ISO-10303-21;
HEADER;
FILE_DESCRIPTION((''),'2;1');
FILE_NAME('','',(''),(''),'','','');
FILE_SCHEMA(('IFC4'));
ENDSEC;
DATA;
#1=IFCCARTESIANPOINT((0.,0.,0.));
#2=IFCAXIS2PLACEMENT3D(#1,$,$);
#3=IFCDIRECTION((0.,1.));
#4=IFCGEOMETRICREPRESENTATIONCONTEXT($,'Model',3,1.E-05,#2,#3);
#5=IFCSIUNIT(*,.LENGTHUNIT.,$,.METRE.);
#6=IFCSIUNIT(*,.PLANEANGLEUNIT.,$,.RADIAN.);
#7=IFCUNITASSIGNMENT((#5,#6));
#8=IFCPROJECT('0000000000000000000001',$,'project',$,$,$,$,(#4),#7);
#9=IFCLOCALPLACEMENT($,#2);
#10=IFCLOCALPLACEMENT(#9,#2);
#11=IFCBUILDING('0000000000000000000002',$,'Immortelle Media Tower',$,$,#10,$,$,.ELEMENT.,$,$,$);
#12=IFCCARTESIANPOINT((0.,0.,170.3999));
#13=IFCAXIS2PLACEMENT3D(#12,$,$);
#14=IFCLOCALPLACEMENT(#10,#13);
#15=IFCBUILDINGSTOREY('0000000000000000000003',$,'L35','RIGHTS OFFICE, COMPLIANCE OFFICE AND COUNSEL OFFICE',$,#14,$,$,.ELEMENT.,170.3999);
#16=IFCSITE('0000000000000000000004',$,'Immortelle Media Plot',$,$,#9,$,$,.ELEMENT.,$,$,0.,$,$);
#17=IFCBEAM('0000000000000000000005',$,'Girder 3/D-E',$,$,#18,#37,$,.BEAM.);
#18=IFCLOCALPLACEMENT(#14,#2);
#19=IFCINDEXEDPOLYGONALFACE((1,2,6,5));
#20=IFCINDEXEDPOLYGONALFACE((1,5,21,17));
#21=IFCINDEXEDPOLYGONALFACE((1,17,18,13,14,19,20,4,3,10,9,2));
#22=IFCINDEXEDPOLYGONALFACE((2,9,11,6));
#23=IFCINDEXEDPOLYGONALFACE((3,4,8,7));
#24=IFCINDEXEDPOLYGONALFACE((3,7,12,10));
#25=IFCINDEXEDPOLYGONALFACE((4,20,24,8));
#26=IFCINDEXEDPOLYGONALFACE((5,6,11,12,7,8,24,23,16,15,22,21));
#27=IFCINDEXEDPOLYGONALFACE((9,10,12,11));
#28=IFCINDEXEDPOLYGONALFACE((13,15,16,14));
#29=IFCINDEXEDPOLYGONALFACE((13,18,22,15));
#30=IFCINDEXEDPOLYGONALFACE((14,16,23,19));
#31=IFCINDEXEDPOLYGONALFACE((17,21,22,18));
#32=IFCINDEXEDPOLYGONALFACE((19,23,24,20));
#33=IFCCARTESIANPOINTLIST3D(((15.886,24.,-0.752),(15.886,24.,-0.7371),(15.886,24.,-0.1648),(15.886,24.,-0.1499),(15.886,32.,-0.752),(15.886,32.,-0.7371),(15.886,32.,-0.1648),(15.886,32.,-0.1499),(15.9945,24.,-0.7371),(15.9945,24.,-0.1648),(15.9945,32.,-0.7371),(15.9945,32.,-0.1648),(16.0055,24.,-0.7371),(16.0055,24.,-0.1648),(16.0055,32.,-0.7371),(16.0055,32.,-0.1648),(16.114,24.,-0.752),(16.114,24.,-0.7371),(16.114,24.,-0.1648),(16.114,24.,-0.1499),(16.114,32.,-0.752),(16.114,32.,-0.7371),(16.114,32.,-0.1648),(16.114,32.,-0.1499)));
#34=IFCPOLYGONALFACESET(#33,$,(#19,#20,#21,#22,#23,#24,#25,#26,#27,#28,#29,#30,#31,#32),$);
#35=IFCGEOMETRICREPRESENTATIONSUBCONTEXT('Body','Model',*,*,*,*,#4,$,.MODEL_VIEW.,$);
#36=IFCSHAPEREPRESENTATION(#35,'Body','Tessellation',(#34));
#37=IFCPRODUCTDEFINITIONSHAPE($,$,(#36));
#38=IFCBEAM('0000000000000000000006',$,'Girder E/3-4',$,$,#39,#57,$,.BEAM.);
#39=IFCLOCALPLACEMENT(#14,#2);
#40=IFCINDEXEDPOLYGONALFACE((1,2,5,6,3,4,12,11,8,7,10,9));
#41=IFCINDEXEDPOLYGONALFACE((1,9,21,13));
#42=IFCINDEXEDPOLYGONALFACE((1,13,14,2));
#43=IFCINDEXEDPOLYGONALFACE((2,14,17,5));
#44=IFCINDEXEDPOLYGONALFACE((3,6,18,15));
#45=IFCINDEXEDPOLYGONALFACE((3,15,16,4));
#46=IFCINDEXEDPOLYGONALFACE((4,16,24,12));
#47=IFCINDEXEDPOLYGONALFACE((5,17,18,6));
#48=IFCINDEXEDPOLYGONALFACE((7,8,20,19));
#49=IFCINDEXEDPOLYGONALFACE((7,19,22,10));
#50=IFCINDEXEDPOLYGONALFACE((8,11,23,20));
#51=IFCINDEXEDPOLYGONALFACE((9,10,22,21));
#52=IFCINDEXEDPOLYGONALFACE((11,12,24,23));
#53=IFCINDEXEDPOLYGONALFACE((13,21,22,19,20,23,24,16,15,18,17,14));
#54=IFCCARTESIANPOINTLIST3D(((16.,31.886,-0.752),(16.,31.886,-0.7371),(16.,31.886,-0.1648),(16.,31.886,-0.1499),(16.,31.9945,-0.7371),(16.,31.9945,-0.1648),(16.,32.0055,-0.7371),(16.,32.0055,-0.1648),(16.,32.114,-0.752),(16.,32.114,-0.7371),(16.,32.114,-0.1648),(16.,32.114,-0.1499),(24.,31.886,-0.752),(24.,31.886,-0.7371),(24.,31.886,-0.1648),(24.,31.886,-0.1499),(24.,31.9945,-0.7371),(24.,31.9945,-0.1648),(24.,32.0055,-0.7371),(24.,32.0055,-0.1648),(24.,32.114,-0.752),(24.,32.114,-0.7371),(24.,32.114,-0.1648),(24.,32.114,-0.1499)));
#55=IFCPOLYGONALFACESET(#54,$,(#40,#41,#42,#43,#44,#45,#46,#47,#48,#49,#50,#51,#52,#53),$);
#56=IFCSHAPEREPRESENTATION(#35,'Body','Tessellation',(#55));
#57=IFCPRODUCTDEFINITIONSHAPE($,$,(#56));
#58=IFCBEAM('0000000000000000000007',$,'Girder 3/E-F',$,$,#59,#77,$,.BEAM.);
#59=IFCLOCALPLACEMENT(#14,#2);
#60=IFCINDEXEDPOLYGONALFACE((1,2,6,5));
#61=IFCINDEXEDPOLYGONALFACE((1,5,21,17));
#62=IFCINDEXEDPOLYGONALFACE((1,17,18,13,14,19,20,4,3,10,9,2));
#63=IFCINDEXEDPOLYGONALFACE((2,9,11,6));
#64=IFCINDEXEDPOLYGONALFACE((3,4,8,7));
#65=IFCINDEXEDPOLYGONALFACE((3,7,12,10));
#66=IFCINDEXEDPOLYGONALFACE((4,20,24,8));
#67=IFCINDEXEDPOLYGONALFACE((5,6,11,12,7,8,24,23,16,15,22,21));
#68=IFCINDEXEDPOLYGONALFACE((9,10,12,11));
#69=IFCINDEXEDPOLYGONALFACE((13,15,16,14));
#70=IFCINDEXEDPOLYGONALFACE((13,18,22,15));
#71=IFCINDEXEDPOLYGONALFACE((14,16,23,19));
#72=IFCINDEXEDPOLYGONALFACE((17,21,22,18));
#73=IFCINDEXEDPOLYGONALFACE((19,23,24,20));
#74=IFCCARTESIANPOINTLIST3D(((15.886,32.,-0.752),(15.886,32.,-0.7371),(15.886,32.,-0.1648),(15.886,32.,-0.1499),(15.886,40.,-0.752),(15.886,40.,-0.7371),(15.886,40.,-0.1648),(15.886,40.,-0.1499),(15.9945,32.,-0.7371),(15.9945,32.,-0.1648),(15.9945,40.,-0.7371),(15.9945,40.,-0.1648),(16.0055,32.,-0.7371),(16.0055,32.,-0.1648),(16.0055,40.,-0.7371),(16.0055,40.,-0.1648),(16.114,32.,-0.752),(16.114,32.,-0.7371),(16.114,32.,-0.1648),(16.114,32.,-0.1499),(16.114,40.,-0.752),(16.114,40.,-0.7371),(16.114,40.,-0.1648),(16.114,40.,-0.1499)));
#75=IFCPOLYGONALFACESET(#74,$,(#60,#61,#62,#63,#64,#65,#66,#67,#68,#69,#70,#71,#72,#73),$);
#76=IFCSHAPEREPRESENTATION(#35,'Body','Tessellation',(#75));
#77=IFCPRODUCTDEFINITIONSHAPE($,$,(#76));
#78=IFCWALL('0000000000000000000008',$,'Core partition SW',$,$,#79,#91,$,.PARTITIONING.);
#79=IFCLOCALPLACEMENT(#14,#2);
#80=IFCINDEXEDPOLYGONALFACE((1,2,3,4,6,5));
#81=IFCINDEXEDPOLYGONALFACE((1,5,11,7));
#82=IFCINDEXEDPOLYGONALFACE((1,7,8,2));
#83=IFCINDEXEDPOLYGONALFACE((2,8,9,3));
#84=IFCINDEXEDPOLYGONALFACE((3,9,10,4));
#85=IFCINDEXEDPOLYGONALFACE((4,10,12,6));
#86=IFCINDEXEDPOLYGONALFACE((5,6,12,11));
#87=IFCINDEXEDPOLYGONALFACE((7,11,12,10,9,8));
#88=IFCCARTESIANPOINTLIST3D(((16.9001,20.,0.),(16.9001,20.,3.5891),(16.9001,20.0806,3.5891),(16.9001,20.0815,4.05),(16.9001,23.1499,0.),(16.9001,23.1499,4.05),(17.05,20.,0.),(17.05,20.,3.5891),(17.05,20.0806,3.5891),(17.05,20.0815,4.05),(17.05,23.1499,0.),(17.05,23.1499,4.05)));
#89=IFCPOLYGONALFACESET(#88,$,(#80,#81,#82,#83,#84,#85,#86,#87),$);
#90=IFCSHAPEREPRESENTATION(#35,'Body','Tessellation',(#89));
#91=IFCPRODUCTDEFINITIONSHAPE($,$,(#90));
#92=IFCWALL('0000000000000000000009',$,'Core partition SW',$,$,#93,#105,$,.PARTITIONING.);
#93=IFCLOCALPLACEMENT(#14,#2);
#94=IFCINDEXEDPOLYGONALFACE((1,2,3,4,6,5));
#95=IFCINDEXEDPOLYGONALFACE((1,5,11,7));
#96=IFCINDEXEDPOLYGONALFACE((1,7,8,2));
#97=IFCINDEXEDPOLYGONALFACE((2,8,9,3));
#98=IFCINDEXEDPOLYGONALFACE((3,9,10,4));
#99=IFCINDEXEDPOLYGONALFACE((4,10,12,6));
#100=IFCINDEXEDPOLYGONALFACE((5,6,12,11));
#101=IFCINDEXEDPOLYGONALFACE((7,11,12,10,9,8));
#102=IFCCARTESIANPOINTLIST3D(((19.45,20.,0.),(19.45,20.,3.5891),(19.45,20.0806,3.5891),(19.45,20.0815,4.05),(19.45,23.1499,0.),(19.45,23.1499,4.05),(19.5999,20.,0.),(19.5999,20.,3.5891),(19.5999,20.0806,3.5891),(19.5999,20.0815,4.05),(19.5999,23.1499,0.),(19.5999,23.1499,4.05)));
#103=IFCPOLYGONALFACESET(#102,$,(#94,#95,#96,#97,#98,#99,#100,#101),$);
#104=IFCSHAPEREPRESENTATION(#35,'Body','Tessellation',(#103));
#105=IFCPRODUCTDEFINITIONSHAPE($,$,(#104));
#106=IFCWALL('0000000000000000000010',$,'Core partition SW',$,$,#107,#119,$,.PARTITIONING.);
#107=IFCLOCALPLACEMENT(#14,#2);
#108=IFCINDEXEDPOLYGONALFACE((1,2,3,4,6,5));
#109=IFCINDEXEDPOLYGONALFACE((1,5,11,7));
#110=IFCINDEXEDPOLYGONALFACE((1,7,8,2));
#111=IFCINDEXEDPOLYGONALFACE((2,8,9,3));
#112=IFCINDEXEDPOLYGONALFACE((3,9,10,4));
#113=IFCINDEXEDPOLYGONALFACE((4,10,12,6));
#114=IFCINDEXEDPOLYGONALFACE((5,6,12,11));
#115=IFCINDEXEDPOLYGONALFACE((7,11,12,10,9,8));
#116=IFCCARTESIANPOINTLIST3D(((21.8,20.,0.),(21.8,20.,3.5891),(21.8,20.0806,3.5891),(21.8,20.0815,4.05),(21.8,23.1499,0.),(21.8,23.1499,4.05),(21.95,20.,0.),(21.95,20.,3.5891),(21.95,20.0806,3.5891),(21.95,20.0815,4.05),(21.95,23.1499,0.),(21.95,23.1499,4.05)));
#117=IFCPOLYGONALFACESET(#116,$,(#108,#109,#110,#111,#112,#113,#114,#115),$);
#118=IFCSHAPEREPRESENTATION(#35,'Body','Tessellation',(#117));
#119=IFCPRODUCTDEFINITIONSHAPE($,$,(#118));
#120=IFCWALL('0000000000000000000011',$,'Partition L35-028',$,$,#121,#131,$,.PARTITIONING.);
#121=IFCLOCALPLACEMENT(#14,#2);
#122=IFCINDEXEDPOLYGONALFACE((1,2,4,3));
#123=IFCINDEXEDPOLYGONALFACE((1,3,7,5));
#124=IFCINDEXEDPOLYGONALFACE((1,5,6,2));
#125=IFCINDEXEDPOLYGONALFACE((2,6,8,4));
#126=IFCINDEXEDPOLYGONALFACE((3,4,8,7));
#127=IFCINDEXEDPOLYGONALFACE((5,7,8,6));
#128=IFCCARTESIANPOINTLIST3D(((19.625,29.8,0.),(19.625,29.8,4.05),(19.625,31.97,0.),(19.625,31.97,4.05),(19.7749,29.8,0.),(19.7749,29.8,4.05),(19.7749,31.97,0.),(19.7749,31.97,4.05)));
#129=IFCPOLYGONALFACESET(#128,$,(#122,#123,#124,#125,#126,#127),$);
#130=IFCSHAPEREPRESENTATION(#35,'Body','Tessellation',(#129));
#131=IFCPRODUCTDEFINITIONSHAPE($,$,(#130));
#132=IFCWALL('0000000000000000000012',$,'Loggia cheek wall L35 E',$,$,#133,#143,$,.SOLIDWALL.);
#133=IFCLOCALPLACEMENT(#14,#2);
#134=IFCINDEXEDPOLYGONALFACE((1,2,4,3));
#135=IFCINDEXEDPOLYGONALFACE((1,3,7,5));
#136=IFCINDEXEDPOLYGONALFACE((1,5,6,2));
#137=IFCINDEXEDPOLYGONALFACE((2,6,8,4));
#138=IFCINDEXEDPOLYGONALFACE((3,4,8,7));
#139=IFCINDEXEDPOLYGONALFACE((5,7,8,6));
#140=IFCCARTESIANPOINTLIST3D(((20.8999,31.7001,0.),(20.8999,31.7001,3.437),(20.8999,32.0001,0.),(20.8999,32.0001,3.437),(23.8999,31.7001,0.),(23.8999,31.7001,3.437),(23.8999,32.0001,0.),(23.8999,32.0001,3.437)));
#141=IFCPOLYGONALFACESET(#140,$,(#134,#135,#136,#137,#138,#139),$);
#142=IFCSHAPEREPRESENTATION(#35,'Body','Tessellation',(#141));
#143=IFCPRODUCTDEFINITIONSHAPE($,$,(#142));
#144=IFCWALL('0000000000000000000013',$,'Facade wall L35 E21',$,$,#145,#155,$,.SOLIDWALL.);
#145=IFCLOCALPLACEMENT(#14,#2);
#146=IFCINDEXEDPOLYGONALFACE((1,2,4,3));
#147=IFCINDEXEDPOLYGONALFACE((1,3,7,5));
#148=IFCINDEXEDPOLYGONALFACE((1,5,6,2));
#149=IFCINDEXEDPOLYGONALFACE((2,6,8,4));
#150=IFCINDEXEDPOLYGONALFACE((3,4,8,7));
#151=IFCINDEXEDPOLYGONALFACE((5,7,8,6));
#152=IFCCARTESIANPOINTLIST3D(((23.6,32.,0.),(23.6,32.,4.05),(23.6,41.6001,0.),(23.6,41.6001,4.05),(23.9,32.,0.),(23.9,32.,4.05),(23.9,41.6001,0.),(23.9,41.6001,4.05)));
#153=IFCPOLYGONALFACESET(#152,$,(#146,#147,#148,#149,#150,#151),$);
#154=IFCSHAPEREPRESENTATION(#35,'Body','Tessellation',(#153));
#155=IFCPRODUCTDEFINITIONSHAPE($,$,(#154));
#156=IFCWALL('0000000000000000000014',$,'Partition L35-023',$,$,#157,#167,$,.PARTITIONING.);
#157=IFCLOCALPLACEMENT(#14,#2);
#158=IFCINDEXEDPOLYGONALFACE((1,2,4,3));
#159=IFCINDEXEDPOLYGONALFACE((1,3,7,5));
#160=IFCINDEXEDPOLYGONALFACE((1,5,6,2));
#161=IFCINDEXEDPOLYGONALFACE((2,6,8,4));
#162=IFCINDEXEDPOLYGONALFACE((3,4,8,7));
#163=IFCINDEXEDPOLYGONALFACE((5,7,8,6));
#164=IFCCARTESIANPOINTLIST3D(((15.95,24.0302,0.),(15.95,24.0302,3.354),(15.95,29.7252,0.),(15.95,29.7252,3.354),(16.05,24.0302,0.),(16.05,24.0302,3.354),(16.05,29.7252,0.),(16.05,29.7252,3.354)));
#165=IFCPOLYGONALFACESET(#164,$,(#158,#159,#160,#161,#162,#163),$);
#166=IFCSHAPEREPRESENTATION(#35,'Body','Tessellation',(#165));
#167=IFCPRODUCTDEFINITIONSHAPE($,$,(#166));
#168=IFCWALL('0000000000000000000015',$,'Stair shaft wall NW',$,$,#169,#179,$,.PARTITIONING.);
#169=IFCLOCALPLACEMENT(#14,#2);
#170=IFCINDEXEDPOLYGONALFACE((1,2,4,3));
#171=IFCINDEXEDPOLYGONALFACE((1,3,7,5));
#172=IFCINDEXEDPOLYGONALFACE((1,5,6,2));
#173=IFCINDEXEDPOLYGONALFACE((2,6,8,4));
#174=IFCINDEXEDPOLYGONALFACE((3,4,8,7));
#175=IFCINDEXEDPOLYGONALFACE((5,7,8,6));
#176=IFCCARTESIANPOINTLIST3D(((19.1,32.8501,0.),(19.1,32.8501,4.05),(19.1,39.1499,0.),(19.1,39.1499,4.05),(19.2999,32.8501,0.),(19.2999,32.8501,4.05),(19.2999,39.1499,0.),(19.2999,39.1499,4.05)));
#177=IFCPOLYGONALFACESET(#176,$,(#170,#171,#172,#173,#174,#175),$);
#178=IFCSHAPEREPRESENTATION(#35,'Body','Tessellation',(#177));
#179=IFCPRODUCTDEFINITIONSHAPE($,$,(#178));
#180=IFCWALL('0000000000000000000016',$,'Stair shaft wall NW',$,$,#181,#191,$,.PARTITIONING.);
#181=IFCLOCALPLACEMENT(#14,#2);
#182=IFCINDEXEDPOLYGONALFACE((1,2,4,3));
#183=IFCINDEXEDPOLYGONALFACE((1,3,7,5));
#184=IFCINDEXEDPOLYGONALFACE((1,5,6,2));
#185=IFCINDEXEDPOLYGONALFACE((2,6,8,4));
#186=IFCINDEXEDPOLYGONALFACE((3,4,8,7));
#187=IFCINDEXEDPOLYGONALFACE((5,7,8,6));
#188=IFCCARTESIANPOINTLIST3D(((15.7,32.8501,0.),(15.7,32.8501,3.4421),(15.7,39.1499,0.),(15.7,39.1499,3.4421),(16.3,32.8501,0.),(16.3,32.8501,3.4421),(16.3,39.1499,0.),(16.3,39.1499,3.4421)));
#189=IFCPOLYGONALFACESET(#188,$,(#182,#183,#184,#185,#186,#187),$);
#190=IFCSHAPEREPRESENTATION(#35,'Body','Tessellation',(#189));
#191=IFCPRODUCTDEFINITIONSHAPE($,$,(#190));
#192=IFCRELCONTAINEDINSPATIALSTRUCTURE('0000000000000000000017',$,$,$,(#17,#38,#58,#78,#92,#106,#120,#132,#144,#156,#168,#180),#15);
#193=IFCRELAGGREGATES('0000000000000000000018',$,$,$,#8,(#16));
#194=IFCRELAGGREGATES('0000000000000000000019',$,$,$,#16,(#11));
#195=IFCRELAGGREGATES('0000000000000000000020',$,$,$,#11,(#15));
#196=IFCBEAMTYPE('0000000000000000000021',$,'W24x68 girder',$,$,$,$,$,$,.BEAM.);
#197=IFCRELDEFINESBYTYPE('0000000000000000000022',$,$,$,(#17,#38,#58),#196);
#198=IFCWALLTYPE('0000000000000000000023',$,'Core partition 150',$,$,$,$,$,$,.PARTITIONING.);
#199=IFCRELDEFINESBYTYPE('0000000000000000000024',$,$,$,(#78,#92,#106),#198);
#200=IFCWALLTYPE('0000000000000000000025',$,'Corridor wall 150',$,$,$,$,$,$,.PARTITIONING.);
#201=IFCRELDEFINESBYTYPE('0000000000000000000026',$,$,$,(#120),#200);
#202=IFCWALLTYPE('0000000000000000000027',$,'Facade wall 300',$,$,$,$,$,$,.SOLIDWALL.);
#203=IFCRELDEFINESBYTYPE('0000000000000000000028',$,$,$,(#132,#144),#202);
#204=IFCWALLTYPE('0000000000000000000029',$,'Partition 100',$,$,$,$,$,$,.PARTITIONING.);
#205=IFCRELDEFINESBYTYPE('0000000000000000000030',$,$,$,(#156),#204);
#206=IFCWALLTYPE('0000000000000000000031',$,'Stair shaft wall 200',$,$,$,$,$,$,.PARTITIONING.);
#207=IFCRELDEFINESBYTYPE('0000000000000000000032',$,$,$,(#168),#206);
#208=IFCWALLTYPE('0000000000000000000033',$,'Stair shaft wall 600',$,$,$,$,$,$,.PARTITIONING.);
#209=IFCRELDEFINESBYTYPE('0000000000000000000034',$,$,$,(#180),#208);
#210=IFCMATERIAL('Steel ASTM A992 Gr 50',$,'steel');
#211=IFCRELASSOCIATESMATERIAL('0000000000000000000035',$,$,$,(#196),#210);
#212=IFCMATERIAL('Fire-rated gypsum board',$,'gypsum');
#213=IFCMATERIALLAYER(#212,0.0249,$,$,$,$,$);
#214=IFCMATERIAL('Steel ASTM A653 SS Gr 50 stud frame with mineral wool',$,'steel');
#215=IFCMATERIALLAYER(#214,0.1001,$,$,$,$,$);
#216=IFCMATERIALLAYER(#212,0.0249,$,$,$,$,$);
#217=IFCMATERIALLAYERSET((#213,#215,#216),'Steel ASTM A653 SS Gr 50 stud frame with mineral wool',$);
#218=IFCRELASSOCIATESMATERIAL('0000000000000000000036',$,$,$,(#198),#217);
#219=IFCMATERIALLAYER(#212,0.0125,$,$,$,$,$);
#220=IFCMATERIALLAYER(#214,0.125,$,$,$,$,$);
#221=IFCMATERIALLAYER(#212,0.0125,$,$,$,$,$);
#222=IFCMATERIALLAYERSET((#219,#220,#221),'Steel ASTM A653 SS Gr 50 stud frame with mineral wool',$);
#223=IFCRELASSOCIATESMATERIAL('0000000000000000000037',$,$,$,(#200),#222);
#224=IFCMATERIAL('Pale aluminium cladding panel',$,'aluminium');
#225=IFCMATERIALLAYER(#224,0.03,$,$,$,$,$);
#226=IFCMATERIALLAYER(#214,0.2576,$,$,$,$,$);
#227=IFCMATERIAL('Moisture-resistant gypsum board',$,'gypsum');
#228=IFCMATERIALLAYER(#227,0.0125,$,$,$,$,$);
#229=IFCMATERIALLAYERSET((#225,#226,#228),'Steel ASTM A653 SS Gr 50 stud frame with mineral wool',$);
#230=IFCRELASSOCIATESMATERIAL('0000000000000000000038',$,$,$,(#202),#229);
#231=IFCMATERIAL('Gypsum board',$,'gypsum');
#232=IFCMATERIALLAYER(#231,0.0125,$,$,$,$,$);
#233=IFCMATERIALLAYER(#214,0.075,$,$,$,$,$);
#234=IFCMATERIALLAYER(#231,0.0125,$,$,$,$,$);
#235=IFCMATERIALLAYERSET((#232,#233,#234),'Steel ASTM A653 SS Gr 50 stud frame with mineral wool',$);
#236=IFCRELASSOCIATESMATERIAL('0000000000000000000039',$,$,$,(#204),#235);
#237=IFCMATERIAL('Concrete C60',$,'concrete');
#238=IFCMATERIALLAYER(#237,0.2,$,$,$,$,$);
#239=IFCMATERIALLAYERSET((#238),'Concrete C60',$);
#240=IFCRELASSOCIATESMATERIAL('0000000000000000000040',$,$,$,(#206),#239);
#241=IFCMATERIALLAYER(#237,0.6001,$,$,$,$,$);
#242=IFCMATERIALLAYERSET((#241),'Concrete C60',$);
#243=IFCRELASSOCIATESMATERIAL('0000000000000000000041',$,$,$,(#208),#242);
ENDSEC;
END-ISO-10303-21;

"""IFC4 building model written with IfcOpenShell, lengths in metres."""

from ifc_helpers import new_model, si_unit, direction, frame, frame_2d, origin, origin_2d, place, context, subcontext, project, spatial, polyline, rectangle, i_section, outline, extrude, material, layer, layer_set, material_profile, profile_set, type_object, element, save


model = new_model("IFC4")

# Units and contexts
model_context = context("Model", 3, precision=1e-05, world=origin(), true_north=direction((0.0, 1.0)))
body_context = subcontext(model_context, "Body", "Model", "MODEL_VIEW")
ifc_project = project(units=[si_unit("LENGTHUNIT", "METRE"), si_unit("PLANEANGLEUNIT", "RADIAN")], contexts=[model_context])

# Site, building, storey
site_placement = place(None, origin())
site = spatial("IfcSite", under=ifc_project, at=site_placement, Name="Immortelle Media Plot", CompositionType="ELEMENT", RefElevation=0.0)
building_placement = place(site_placement, origin())
building = spatial("IfcBuilding", under=site, at=building_placement, Name="Immortelle Media Tower", CompositionType="ELEMENT")
storey_placement = place(building_placement, frame((0.0, 0.0, 170.3999)))
storey = spatial("IfcBuildingStorey", under=building, at=storey_placement, Name="L35", Description="RIGHTS OFFICE, COMPLIANCE OFFICE AND COUNSEL OFFICE", CompositionType="ELEMENT", Elevation=170.3999)

# Shared definitions
ifc_material_1 = material(Name="Steel ASTM A992 Gr 50", Category="steel")

# Beams
ifc_material_profile_1 = material_profile(ifc_material_1, i_section(OverallWidth=0.228, OverallDepth=0.6021, WebThickness=0.011, FlangeThickness=0.0149, at=origin_2d()), Name="W24x68")
ifc_profile_set_1 = profile_set([ifc_material_profile_1], Name="Steel ASTM A992 Gr 50")
beam_type_1 = type_object("IfcBeamType", Name="W24x68 girder", PredefinedType="BEAM", material=ifc_profile_set_1)
for number, where, z_axis, x_axis, name in (
    (1, (16.0, 24.0, -0.4509), (0.0, 1.0, 0.0), (-1.0, 0.0, 0.0), "Girder 3/D-E"),
    (2, (16.0, 32.0, -0.4509), (1.0, 0.0, 0.0), (0.0, 1.0, 0.0), "Girder E/3-4"),
    (3, (16.0, 32.0, -0.4509), (0.0, 1.0, 0.0), (-1.0, 0.0, 0.0), "Girder 3/E-F"),
):
    element("IfcBeam", number, at=place(storey_placement, frame(where, z_axis=z_axis, x_axis=x_axis)), inside=storey, type_object=beam_type_1, Name=name, PredefinedType="BEAM", context=body_context, shape_type="SweptSolid", body=[
        extrude(i_section(OverallWidth=0.228, OverallDepth=0.6021, WebThickness=0.011, FlangeThickness=0.0149, at=origin_2d()), origin(), (0.0, 0.0, 1.0), 8.0),
    ])

# Walls
ifc_material_2 = material(Name="Fire-rated gypsum board", Category="gypsum")
ifc_layer_1 = layer(ifc_material_2, 0.0249)
ifc_material_3 = material(Name="Steel ASTM A653 SS Gr 50 stud frame with mineral wool", Category="steel")
ifc_layer_2 = layer(ifc_material_3, 0.1001)
ifc_layer_3 = layer(ifc_material_2, 0.0249)
ifc_layer_set_1 = layer_set([ifc_layer_1, ifc_layer_2, ifc_layer_3], Name="Steel ASTM A653 SS Gr 50 stud frame with mineral wool")
wall_type_1 = type_object("IfcWallType", Name="Core partition 150", PredefinedType="PARTITIONING", material=ifc_layer_set_1)
for number, where, z_axis, x_axis, name in (
    (4, (16.9751, 20.0, 0.0), (0.0, 0.0, 1.0), (0.0, 1.0, 0.0), "Core partition SW"),
    (5, (19.5249, 20.0, 0.0), (0.0, 0.0, 1.0), (0.0, 1.0, 0.0), "Core partition SW"),
    (6, (21.875, 20.0, 0.0), (0.0, 0.0, 1.0), (0.0, 1.0, 0.0), "Core partition SW"),
):
    element("IfcWall", number, at=place(storey_placement, frame(where, z_axis=z_axis, x_axis=x_axis)), inside=storey, type_object=wall_type_1, Name=name, PredefinedType="PARTITIONING", context=body_context, shape_type="SweptSolid", body=[
        extrude(outline(polyline([(0.0, 0.0), (3.1499, 0.0), (3.1499, 4.05), (0.0815, 4.05), (0.0806, 3.5891), (0.0, 3.5891), (0.0, 0.0)])), frame((0.0, 0.075, 0.0), z_axis=(0.0, -1.0, 0.0), x_axis=(1.0, 0.0, 0.0)), (0.0, 0.0, 1.0), 0.1499),
    ])
ifc_layer_4 = layer(ifc_material_2, 0.0125)
ifc_layer_5 = layer(ifc_material_3, 0.125)
ifc_layer_6 = layer(ifc_material_2, 0.0125)
ifc_layer_set_2 = layer_set([ifc_layer_4, ifc_layer_5, ifc_layer_6], Name="Steel ASTM A653 SS Gr 50 stud frame with mineral wool")
wall_type_2 = type_object("IfcWallType", Name="Corridor wall 150", PredefinedType="PARTITIONING", material=ifc_layer_set_2)
wall_1_placement = place(storey_placement, frame((19.7, 29.8, 0.0), z_axis=(0.0, 0.0, 1.0), x_axis=(0.0, 1.0, 0.0)))
element("IfcWall", 7, at=wall_1_placement, inside=storey, type_object=wall_type_2, Name="Partition L35-028", PredefinedType="PARTITIONING", context=body_context, shape_type="SweptSolid", body=[
    extrude(rectangle(XDim=2.1699, YDim=0.1499, at=frame_2d((1.085, 0.0))), origin(), (0.0, 0.0, 1.0), 4.05),
])

# Shared definitions
ifc_material_4 = material(Name="Pale aluminium cladding panel", Category="aluminium")
ifc_layer_7 = layer(ifc_material_4, 0.03)
ifc_layer_8 = layer(ifc_material_3, 0.2576)
ifc_material_5 = material(Name="Moisture-resistant gypsum board", Category="gypsum")
ifc_layer_9 = layer(ifc_material_5, 0.0125)
ifc_layer_set_3 = layer_set([ifc_layer_7, ifc_layer_8, ifc_layer_9], Name="Steel ASTM A653 SS Gr 50 stud frame with mineral wool")
wall_type_3 = type_object("IfcWallType", Name="Facade wall 300", PredefinedType="SOLIDWALL", material=ifc_layer_set_3)

# Walls
wall_2_placement = place(storey_placement, frame((23.8999, 31.8501, 0.0), z_axis=(0.0, 0.0, 1.0), x_axis=(-1.0, 0.0, 0.0)))
element("IfcWall", 8, at=wall_2_placement, inside=storey, type_object=wall_type_3, Name="Loggia cheek wall L35 E", PredefinedType="SOLIDWALL", context=body_context, shape_type="SweptSolid", body=[
    extrude(rectangle(XDim=3.0, YDim=0.3, at=frame_2d((1.5, 0.0))), origin(), (0.0, 0.0, 1.0), 3.437),
])
wall_3_placement = place(storey_placement, frame((23.75, 32.0, 0.0), z_axis=(0.0, 0.0, 1.0), x_axis=(0.0, 1.0, 0.0)))
element("IfcWall", 9, at=wall_3_placement, inside=storey, type_object=wall_type_3, Name="Facade wall L35 E21", PredefinedType="SOLIDWALL", context=body_context, shape_type="SweptSolid", body=[
    extrude(rectangle(XDim=9.6001, YDim=0.3, at=frame_2d((4.8, 0.0))), origin(), (0.0, 0.0, 1.0), 4.05),
])
ifc_material_6 = material(Name="Gypsum board", Category="gypsum")
ifc_layer_10 = layer(ifc_material_6, 0.0125)
ifc_layer_11 = layer(ifc_material_3, 0.075)
ifc_layer_12 = layer(ifc_material_6, 0.0125)
ifc_layer_set_4 = layer_set([ifc_layer_10, ifc_layer_11, ifc_layer_12], Name="Steel ASTM A653 SS Gr 50 stud frame with mineral wool")
wall_type_4 = type_object("IfcWallType", Name="Partition 100", PredefinedType="PARTITIONING", material=ifc_layer_set_4)
wall_4_placement = place(storey_placement, frame((16.0, 24.03, 0.0), z_axis=(0.0, 0.0, 1.0), x_axis=(0.0, 1.0, 0.0)))
element("IfcWall", 10, at=wall_4_placement, inside=storey, type_object=wall_type_4, Name="Partition L35-023", PredefinedType="PARTITIONING", context=body_context, shape_type="SweptSolid", body=[
    extrude(rectangle(XDim=5.6951, YDim=0.1001, at=frame_2d((2.8477, 0.0))), origin(), (0.0, 0.0, 1.0), 3.354),
])
ifc_material_7 = material(Name="Concrete C60", Category="concrete")
ifc_layer_13 = layer(ifc_material_7, 0.2)
ifc_layer_set_5 = layer_set([ifc_layer_13], Name="Concrete C60")
wall_type_5 = type_object("IfcWallType", Name="Stair shaft wall 200", PredefinedType="PARTITIONING", material=ifc_layer_set_5)
wall_5_placement = place(storey_placement, frame((19.2, 32.8501, 0.0), z_axis=(0.0, 0.0, 1.0), x_axis=(0.0, 1.0, 0.0)))
element("IfcWall", 11, at=wall_5_placement, inside=storey, type_object=wall_type_5, Name="Stair shaft wall NW", PredefinedType="PARTITIONING", context=body_context, shape_type="SweptSolid", body=[
    extrude(rectangle(XDim=6.2998, YDim=0.2, at=frame_2d((3.1499, 0.0))), origin(), (0.0, 0.0, 1.0), 4.05),
])
ifc_layer_14 = layer(ifc_material_7, 0.6001)
ifc_layer_set_6 = layer_set([ifc_layer_14], Name="Concrete C60")
wall_type_6 = type_object("IfcWallType", Name="Stair shaft wall 600", PredefinedType="PARTITIONING", material=ifc_layer_set_6)
wall_6_placement = place(storey_placement, frame((16.0, 32.8501, 0.0), z_axis=(0.0, 0.0, 1.0), x_axis=(0.0, 1.0, 0.0)))
element("IfcWall", 12, at=wall_6_placement, inside=storey, type_object=wall_type_6, Name="Stair shaft wall NW", PredefinedType="PARTITIONING", context=body_context, shape_type="SweptSolid", body=[
    extrude(rectangle(XDim=6.2998, YDim=0.6001, at=frame_2d((3.1499, 0.0))), origin(), (0.0, 0.0, 1.0), 3.4421),
])

save(model, "model.ifc")
